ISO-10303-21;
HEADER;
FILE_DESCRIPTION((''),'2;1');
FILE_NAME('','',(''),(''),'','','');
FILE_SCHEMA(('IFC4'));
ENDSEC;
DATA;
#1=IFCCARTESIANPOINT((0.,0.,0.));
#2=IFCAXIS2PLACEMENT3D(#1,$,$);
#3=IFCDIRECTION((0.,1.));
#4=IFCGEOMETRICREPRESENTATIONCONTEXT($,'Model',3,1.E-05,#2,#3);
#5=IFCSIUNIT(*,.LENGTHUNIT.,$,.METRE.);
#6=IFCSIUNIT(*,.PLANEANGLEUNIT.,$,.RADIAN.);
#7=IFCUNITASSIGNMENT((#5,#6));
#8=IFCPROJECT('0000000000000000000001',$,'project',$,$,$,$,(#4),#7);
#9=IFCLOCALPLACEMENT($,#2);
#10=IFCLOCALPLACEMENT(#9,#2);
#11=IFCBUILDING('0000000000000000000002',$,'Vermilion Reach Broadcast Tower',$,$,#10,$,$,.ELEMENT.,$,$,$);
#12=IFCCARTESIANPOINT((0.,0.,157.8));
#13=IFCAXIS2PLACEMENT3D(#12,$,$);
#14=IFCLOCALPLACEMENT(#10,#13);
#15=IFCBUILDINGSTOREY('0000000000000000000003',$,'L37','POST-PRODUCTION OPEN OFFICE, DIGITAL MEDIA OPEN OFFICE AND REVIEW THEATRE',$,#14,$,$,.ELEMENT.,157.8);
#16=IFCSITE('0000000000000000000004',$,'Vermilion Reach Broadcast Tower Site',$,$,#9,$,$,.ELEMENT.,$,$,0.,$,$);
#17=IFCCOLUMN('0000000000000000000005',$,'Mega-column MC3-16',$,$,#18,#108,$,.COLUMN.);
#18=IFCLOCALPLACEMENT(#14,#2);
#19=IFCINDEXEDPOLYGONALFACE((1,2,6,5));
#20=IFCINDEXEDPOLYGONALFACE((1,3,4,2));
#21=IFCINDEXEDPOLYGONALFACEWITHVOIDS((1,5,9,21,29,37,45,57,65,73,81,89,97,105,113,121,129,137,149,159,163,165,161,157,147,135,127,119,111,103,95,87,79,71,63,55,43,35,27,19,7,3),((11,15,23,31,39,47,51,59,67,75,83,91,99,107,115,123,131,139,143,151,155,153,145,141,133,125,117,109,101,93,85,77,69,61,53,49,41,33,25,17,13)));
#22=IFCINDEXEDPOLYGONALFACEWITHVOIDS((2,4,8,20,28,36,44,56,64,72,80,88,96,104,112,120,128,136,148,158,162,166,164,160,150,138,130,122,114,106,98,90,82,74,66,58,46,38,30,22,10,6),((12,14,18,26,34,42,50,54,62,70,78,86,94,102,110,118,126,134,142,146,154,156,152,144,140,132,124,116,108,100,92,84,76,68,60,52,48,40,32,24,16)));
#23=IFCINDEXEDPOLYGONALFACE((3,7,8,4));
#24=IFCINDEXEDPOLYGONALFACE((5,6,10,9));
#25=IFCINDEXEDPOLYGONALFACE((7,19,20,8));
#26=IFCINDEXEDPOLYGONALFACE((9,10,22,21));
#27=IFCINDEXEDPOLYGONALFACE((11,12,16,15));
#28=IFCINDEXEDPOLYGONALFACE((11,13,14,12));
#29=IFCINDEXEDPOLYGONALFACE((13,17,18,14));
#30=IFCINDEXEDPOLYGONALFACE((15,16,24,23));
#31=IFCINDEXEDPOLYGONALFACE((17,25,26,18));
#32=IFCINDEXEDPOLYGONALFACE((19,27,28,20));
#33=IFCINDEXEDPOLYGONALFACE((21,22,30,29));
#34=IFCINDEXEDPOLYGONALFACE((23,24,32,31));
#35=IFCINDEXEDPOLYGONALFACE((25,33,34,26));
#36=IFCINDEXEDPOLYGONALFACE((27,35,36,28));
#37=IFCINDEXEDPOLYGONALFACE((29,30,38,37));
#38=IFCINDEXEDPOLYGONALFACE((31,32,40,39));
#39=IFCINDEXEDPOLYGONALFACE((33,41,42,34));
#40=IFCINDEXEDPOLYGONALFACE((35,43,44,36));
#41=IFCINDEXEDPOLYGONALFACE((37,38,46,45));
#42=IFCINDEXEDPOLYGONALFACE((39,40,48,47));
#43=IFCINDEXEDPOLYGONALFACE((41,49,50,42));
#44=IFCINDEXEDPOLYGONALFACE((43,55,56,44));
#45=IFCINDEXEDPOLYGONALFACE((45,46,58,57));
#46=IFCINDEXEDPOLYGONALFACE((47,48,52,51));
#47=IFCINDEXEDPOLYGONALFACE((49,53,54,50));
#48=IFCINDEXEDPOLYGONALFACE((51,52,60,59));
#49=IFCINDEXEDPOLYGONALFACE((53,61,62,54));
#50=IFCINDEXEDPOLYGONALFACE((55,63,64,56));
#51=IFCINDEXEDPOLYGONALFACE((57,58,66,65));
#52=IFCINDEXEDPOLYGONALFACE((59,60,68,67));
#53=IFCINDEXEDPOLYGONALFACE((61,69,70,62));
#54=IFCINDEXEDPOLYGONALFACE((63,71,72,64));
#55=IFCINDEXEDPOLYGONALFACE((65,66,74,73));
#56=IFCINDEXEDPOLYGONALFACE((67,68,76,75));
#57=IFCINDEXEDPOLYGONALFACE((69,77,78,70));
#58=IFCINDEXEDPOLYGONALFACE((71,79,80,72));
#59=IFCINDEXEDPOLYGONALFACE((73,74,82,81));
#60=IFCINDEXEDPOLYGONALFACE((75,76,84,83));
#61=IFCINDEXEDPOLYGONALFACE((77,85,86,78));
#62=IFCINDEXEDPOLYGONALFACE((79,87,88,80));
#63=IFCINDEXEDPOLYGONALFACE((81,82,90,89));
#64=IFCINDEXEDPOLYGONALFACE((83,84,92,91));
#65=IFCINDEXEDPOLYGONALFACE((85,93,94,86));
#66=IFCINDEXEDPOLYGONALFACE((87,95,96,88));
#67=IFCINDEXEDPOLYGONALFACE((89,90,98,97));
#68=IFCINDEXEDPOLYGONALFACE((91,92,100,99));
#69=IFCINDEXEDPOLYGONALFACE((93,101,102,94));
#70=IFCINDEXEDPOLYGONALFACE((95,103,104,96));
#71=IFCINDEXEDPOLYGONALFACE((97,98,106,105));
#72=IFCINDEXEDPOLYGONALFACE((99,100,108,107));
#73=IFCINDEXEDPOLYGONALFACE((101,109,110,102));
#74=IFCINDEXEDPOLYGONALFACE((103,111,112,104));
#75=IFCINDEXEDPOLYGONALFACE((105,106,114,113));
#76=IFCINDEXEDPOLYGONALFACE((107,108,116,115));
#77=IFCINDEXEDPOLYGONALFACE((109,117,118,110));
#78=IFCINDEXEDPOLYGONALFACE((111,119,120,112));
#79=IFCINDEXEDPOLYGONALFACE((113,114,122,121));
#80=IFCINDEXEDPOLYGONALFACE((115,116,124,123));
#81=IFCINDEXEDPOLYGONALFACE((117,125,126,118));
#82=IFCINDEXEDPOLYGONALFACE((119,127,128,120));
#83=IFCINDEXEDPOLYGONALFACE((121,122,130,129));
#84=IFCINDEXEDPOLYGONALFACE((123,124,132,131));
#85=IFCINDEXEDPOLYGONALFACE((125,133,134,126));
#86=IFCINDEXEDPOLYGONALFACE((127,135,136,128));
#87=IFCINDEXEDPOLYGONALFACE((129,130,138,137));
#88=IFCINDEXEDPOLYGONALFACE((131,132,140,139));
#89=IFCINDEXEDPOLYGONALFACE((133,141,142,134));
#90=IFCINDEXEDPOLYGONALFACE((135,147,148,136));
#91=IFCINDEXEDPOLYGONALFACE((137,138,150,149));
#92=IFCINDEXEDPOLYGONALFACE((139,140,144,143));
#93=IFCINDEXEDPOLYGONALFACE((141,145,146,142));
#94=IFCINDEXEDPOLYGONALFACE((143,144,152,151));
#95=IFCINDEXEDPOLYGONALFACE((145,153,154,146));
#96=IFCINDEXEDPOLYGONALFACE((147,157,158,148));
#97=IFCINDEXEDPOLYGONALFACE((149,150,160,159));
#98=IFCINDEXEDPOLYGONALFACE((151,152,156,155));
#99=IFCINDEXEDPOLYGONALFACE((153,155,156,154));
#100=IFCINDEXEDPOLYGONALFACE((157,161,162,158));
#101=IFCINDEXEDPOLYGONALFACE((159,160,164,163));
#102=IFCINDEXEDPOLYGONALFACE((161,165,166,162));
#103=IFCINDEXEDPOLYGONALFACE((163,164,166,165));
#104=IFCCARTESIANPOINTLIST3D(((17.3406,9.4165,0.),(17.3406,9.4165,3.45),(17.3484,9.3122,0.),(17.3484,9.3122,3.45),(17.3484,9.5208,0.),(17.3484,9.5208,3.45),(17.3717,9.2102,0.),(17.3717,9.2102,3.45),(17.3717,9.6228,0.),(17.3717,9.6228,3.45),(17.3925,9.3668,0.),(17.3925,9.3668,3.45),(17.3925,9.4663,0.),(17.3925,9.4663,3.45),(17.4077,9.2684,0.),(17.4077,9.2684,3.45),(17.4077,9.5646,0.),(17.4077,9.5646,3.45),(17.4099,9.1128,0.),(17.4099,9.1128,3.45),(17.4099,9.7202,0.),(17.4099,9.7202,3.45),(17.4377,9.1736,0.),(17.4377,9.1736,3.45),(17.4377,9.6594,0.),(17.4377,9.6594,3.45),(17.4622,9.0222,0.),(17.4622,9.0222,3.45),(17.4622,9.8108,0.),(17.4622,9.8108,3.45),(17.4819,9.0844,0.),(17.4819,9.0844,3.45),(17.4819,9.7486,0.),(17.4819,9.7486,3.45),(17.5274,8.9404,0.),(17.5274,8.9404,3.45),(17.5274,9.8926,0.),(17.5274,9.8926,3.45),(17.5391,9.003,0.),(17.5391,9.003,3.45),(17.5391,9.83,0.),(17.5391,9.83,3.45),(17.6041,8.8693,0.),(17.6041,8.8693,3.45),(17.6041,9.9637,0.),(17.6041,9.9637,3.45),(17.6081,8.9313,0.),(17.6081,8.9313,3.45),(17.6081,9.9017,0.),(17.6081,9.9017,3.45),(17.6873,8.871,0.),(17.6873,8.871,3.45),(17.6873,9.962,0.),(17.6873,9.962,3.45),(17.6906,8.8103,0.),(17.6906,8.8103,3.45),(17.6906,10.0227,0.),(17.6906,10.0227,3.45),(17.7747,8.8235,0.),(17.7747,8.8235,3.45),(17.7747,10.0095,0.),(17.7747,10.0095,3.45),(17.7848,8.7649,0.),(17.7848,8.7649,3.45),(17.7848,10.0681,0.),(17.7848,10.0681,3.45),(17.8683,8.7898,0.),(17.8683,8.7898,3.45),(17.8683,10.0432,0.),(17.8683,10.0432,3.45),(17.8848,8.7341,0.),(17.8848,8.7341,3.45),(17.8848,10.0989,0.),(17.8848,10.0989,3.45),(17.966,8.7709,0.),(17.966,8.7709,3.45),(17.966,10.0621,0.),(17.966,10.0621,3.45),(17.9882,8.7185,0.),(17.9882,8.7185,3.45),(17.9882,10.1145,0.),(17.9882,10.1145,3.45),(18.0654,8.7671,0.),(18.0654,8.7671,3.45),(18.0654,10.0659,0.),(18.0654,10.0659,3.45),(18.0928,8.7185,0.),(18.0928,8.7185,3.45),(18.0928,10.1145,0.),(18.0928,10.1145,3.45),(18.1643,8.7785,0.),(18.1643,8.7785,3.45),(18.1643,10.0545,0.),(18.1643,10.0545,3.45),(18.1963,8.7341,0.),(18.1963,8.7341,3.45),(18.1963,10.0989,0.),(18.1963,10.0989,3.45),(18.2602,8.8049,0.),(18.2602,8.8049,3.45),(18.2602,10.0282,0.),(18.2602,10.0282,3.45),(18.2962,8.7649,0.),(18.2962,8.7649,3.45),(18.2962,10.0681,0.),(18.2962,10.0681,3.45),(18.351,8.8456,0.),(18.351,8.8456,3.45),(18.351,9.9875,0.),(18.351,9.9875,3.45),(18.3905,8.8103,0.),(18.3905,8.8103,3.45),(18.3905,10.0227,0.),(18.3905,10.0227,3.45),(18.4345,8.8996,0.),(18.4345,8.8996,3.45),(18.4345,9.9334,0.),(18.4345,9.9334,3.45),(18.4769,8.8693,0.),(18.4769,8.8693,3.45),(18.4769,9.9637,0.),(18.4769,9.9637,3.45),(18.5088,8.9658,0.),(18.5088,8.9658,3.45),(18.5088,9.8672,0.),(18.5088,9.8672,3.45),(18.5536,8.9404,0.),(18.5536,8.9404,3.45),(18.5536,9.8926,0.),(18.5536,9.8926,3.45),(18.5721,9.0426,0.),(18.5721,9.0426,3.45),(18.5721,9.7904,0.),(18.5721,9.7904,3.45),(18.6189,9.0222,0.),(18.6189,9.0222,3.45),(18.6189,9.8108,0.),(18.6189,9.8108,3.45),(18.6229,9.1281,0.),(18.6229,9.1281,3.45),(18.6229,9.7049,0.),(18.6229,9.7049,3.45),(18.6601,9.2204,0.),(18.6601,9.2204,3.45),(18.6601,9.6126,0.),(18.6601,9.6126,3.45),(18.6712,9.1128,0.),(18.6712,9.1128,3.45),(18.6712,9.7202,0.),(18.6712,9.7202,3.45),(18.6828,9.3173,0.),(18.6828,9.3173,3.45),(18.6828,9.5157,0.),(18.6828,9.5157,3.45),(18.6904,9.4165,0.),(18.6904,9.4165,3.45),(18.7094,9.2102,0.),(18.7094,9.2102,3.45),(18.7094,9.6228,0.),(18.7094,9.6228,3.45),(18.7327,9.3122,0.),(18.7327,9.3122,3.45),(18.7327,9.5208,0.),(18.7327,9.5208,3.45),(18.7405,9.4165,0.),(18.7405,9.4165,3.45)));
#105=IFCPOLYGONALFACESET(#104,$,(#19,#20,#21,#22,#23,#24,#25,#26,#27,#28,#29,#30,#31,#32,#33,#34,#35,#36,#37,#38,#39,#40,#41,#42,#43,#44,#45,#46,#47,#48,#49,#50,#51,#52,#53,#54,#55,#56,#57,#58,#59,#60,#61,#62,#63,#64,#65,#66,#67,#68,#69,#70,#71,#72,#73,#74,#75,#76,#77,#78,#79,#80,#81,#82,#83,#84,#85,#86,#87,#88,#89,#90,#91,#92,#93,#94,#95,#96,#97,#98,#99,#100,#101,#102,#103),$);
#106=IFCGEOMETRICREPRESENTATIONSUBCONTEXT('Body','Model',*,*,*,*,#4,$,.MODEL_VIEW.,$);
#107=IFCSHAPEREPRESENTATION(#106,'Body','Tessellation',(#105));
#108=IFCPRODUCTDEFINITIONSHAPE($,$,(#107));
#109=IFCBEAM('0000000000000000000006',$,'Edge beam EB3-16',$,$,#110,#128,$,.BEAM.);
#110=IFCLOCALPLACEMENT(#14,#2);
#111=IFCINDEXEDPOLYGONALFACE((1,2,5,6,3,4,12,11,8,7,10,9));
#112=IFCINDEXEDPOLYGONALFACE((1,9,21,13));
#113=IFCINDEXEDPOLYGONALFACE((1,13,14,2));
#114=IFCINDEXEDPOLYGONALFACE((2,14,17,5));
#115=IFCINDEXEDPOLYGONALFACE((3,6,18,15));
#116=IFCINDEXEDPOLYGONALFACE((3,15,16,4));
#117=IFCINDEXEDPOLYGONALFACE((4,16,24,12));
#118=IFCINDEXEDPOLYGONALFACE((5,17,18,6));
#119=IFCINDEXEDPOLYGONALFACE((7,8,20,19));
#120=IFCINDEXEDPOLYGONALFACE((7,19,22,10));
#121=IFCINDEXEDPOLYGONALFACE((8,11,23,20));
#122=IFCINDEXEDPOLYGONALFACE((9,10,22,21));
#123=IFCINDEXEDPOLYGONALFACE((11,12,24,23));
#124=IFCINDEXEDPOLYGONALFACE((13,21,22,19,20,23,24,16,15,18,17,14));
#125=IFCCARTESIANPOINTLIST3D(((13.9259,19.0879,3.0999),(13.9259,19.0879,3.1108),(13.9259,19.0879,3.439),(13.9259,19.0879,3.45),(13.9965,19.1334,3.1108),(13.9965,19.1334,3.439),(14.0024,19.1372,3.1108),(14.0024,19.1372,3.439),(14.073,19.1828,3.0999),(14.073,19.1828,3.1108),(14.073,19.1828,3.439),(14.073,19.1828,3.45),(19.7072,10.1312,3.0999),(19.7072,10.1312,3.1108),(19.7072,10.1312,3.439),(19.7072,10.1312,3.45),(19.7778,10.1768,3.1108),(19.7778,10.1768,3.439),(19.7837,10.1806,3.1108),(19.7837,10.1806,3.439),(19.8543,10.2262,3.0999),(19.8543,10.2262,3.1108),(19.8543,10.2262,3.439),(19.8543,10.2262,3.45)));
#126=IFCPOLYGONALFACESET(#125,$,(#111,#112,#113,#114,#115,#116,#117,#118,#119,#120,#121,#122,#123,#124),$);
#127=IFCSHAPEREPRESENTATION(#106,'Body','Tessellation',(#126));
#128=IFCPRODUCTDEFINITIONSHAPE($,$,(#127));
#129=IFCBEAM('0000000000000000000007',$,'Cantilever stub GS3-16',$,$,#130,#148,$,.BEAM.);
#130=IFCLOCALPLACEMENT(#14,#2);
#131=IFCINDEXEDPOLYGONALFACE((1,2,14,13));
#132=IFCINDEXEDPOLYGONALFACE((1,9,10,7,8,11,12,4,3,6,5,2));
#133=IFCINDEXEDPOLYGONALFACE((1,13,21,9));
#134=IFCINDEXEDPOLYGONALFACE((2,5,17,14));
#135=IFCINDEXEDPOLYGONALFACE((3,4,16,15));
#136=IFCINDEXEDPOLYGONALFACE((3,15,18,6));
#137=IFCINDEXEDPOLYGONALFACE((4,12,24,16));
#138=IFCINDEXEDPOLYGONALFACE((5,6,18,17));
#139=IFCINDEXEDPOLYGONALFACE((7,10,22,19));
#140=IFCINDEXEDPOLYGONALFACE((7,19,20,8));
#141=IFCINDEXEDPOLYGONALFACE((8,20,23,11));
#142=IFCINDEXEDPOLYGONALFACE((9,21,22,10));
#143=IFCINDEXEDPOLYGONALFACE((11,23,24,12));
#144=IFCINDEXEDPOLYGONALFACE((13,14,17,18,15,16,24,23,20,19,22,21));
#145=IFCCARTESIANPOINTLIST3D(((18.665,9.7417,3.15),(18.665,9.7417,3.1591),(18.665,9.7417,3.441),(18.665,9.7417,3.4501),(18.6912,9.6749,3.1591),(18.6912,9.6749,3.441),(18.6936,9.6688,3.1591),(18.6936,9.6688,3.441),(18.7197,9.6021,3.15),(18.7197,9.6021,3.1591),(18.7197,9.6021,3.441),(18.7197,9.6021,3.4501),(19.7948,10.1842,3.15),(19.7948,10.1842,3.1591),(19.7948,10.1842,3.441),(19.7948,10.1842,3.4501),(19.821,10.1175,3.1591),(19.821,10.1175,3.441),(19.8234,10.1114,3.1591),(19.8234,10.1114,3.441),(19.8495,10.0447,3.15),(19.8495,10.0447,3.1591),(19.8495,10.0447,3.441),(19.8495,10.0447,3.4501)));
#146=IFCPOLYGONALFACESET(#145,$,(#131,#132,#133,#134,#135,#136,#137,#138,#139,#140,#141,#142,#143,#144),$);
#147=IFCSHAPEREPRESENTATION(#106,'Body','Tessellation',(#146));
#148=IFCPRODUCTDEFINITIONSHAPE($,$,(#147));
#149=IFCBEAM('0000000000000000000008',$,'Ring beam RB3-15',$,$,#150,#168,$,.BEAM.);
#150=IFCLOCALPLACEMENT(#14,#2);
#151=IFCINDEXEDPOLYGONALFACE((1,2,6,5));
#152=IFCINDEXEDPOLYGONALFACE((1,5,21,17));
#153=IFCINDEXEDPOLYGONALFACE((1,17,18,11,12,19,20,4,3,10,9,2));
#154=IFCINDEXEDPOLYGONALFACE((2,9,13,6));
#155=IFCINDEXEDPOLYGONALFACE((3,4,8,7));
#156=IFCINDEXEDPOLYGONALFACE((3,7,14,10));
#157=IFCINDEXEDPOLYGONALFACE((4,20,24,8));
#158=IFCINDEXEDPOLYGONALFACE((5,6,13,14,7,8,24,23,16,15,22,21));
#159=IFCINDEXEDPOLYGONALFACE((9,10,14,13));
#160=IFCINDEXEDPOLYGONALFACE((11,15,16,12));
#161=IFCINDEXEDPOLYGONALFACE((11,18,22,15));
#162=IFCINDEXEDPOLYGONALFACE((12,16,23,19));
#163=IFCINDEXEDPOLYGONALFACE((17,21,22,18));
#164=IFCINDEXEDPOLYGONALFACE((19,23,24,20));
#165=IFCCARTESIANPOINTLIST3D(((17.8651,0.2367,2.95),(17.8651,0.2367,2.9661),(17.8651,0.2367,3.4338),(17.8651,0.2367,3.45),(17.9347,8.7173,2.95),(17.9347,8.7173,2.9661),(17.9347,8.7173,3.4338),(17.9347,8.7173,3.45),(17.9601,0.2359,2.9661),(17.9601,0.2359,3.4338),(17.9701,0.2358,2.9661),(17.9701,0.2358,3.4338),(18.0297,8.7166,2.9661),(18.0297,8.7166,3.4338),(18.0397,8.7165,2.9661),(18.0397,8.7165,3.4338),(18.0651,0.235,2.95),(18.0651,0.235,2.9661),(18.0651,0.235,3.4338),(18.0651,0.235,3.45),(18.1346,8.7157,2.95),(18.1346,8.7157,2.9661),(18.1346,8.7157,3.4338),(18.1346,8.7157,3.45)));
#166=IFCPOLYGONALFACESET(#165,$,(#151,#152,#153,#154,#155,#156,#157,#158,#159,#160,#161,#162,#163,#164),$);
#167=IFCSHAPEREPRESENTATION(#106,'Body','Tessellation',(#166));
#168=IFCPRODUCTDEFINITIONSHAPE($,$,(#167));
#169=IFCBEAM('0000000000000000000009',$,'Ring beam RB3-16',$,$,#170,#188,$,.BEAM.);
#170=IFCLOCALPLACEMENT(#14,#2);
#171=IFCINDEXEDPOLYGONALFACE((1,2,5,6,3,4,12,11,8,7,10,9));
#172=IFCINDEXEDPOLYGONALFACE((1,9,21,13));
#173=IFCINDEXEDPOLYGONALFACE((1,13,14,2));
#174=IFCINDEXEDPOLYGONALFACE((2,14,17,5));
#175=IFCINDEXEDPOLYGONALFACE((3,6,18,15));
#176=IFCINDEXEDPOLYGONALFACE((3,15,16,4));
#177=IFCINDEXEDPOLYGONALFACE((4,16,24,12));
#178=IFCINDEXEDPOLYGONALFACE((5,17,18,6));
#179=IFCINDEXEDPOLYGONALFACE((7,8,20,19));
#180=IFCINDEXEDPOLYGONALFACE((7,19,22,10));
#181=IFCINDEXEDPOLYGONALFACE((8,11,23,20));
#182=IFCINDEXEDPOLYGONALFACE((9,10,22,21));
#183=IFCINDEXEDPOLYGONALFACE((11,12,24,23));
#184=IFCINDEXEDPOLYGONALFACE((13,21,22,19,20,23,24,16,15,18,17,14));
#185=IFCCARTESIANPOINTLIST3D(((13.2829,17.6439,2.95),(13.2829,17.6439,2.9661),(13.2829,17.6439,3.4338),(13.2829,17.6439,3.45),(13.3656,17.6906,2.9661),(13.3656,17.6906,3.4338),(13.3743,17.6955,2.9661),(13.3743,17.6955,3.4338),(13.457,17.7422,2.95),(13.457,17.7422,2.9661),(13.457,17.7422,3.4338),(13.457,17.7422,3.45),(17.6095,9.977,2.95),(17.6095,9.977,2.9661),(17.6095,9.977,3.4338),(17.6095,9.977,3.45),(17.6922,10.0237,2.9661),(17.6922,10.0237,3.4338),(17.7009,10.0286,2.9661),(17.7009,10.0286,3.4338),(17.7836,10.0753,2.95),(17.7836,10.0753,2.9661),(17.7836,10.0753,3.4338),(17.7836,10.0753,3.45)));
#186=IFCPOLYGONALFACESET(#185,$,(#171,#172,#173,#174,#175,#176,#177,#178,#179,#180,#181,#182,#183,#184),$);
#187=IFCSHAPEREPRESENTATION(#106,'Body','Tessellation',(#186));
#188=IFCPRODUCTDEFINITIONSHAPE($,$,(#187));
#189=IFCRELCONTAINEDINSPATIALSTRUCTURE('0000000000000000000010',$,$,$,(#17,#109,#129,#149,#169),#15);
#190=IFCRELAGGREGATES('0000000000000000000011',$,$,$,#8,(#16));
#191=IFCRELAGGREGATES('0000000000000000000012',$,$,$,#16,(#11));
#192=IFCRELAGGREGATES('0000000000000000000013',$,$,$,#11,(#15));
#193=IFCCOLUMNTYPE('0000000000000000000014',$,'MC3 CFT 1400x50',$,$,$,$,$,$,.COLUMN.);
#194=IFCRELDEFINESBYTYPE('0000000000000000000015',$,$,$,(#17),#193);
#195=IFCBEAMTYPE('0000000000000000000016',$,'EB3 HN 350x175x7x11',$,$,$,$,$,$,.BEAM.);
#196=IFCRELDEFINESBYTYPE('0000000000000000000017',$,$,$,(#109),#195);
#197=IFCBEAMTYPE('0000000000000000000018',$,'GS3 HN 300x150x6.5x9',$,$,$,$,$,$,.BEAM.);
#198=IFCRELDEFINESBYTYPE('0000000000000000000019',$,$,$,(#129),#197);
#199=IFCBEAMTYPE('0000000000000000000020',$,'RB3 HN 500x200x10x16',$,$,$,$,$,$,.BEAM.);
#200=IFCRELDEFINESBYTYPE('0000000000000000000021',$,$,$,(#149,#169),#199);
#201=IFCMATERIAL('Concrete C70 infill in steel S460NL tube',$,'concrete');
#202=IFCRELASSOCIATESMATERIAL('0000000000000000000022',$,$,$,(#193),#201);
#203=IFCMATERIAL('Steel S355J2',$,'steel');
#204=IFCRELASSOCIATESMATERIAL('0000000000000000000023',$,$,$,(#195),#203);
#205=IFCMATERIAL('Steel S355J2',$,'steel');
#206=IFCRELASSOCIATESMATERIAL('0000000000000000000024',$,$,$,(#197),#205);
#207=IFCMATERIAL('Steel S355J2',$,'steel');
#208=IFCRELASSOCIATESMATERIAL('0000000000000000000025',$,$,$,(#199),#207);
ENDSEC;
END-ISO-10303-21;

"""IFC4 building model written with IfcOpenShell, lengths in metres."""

from ifc_helpers import new_model, si_unit, direction, frame, origin, origin_2d, place, context, subcontext, project, spatial, hollow_circle, i_section, extrude, material, material_profile, profile_set, type_object, element, save


model = new_model("IFC4")

# Units and contexts
model_context = context("Model", 3, precision=1e-05, world=origin(), true_north=direction((0.0, 1.0)))
body_context = subcontext(model_context, "Body", "Model", "MODEL_VIEW")
ifc_project = project(units=[si_unit("LENGTHUNIT", "METRE"), si_unit("PLANEANGLEUNIT", "RADIAN")], contexts=[model_context])

# Site, building, storey
site_placement = place(None, origin())
site = spatial("IfcSite", under=ifc_project, at=site_placement, Name="Vermilion Reach Broadcast Tower Site", CompositionType="ELEMENT", RefElevation=0.0)
building_placement = place(site_placement, origin())
building = spatial("IfcBuilding", under=site, at=building_placement, Name="Vermilion Reach Broadcast Tower", CompositionType="ELEMENT")
storey_placement = place(building_placement, frame((0.0, 0.0, 157.8)))
storey = spatial("IfcBuildingStorey", under=building, at=storey_placement, Name="L37", Description="POST-PRODUCTION OPEN OFFICE, DIGITAL MEDIA OPEN OFFICE AND REVIEW THEATRE", CompositionType="ELEMENT", Elevation=157.8)

# Column
ifc_material_1 = material(Name="Concrete C70 infill in steel S460NL tube", Category="concrete")
ifc_material_profile_1 = material_profile(ifc_material_1, hollow_circle(Radius=0.7, WallThickness=0.05, at=origin_2d()), Name="Concrete C70 infill in steel S460NL tube CFT 1400x50")
ifc_profile_set_1 = profile_set([ifc_material_profile_1], Name="Concrete C70 infill in steel S460NL tube")
column_type = type_object("IfcColumnType", Name="MC3 CFT 1400x50", PredefinedType="COLUMN", material=ifc_profile_set_1)
column_placement = place(storey_placement, frame((18.0405, 9.4165, 0.0), z_axis=(0.0, 0.0, 1.0), x_axis=(1.0, 0.0, 0.0)))
element("IfcColumn", 1, at=column_placement, inside=storey, type_object=column_type, Name="Mega-column MC3-16", PredefinedType="COLUMN", context=body_context, shape_type="SweptSolid", body=[
    extrude(hollow_circle(Radius=0.7, WallThickness=0.05, at=origin_2d()), origin(), (0.0, 0.0, 1.0), 3.45),
])

# Beams
ifc_material_2 = material(Name="Steel S355J2", Category="steel")
ifc_material_profile_2 = material_profile(ifc_material_2, i_section(OverallWidth=0.175, OverallDepth=0.3501, WebThickness=0.0071, FlangeThickness=0.011, at=origin_2d()), Name="S355J2 HN 350x175x7x11")
ifc_profile_set_2 = profile_set([ifc_material_profile_2], Name="Steel S355J2")
beam_type_1 = type_object("IfcBeamType", Name="EB3 HN 350x175x7x11", PredefinedType="BEAM", material=ifc_profile_set_2)
beam_1_placement = place(storey_placement, frame((19.7808, 10.1787, 3.2749), z_axis=(-0.542315, 0.840175, 0.0), x_axis=(-0.840175, -0.542315, 0.0)))
element("IfcBeam", 2, at=beam_1_placement, inside=storey, type_object=beam_type_1, Name="Edge beam EB3-16", PredefinedType="BEAM", context=body_context, shape_type="SweptSolid", body=[
    extrude(i_section(OverallWidth=0.175, OverallDepth=0.3501, WebThickness=0.0071, FlangeThickness=0.011, at=origin_2d()), origin(), (0.0, 0.0, 1.0), 10.6604),
])
ifc_material_3 = material(Name="Steel S355J2", Category="steel")
ifc_material_profile_3 = material_profile(ifc_material_3, i_section(OverallWidth=0.1499, OverallDepth=0.3, WebThickness=0.0066, FlangeThickness=0.009, at=origin_2d()), Name="S355J2 HN 300x150x6.5x9")
ifc_profile_set_3 = profile_set([ifc_material_profile_3], Name="Steel S355J2")
beam_type_2 = type_object("IfcBeamType", Name="GS3 HN 300x150x6.5x9", PredefinedType="BEAM", material=ifc_profile_set_3)
beam_2_placement = place(storey_placement, frame((18.6924, 9.6719, 3.3), z_axis=(0.931103, 0.364756, 0.0), x_axis=(-0.364756, 0.931103, 0.0)))
element("IfcBeam", 3, at=beam_2_placement, inside=storey, type_object=beam_type_2, Name="Cantilever stub GS3-16", PredefinedType="BEAM", context=body_context, shape_type="SweptSolid", body=[
    extrude(i_section(OverallWidth=0.1499, OverallDepth=0.3, WebThickness=0.0066, FlangeThickness=0.009, at=origin_2d()), origin(), (0.0, 0.0, 1.0), 1.2134),
])
ifc_material_4 = material(Name="Steel S355J2", Category="steel")
ifc_material_profile_4 = material_profile(ifc_material_4, i_section(OverallWidth=0.2, OverallDepth=0.5, WebThickness=0.01, FlangeThickness=0.0161, at=origin_2d()), Name="S355J2 HN 500x200x10x16")
ifc_profile_set_4 = profile_set([ifc_material_profile_4], Name="Steel S355J2")
beam_type_3 = type_object("IfcBeamType", Name="RB3 HN 500x200x10x16", PredefinedType="BEAM", material=ifc_profile_set_4)
beam_3_placement = place(storey_placement, frame((17.9651, 0.2358, 3.2), z_axis=(0.008204, 0.999966, 0.0), x_axis=(-0.999966, 0.008204, 0.0)))
element("IfcBeam", 4, at=beam_3_placement, inside=storey, type_object=beam_type_3, Name="Ring beam RB3-15", PredefinedType="BEAM", context=body_context, shape_type="SweptSolid", body=[
    extrude(i_section(OverallWidth=0.2, OverallDepth=0.5, WebThickness=0.01, FlangeThickness=0.0161, at=origin_2d()), origin(), (0.0, 0.0, 1.0), 8.481),
])
beam_4_placement = place(storey_placement, frame((17.6965, 10.0261, 3.2), z_axis=(-0.491467, 0.870896, 0.0), x_axis=(-0.870896, -0.491467, 0.0)))
element("IfcBeam", 5, at=beam_4_placement, inside=storey, type_object=beam_type_3, Name="Ring beam RB3-16", PredefinedType="BEAM", context=body_context, shape_type="SweptSolid", body=[
    extrude(i_section(OverallWidth=0.2, OverallDepth=0.5, WebThickness=0.01, FlangeThickness=0.0161, at=origin_2d()), origin(), (0.0, 0.0, 1.0), 8.8035),
])

save(model, "model.ifc")
